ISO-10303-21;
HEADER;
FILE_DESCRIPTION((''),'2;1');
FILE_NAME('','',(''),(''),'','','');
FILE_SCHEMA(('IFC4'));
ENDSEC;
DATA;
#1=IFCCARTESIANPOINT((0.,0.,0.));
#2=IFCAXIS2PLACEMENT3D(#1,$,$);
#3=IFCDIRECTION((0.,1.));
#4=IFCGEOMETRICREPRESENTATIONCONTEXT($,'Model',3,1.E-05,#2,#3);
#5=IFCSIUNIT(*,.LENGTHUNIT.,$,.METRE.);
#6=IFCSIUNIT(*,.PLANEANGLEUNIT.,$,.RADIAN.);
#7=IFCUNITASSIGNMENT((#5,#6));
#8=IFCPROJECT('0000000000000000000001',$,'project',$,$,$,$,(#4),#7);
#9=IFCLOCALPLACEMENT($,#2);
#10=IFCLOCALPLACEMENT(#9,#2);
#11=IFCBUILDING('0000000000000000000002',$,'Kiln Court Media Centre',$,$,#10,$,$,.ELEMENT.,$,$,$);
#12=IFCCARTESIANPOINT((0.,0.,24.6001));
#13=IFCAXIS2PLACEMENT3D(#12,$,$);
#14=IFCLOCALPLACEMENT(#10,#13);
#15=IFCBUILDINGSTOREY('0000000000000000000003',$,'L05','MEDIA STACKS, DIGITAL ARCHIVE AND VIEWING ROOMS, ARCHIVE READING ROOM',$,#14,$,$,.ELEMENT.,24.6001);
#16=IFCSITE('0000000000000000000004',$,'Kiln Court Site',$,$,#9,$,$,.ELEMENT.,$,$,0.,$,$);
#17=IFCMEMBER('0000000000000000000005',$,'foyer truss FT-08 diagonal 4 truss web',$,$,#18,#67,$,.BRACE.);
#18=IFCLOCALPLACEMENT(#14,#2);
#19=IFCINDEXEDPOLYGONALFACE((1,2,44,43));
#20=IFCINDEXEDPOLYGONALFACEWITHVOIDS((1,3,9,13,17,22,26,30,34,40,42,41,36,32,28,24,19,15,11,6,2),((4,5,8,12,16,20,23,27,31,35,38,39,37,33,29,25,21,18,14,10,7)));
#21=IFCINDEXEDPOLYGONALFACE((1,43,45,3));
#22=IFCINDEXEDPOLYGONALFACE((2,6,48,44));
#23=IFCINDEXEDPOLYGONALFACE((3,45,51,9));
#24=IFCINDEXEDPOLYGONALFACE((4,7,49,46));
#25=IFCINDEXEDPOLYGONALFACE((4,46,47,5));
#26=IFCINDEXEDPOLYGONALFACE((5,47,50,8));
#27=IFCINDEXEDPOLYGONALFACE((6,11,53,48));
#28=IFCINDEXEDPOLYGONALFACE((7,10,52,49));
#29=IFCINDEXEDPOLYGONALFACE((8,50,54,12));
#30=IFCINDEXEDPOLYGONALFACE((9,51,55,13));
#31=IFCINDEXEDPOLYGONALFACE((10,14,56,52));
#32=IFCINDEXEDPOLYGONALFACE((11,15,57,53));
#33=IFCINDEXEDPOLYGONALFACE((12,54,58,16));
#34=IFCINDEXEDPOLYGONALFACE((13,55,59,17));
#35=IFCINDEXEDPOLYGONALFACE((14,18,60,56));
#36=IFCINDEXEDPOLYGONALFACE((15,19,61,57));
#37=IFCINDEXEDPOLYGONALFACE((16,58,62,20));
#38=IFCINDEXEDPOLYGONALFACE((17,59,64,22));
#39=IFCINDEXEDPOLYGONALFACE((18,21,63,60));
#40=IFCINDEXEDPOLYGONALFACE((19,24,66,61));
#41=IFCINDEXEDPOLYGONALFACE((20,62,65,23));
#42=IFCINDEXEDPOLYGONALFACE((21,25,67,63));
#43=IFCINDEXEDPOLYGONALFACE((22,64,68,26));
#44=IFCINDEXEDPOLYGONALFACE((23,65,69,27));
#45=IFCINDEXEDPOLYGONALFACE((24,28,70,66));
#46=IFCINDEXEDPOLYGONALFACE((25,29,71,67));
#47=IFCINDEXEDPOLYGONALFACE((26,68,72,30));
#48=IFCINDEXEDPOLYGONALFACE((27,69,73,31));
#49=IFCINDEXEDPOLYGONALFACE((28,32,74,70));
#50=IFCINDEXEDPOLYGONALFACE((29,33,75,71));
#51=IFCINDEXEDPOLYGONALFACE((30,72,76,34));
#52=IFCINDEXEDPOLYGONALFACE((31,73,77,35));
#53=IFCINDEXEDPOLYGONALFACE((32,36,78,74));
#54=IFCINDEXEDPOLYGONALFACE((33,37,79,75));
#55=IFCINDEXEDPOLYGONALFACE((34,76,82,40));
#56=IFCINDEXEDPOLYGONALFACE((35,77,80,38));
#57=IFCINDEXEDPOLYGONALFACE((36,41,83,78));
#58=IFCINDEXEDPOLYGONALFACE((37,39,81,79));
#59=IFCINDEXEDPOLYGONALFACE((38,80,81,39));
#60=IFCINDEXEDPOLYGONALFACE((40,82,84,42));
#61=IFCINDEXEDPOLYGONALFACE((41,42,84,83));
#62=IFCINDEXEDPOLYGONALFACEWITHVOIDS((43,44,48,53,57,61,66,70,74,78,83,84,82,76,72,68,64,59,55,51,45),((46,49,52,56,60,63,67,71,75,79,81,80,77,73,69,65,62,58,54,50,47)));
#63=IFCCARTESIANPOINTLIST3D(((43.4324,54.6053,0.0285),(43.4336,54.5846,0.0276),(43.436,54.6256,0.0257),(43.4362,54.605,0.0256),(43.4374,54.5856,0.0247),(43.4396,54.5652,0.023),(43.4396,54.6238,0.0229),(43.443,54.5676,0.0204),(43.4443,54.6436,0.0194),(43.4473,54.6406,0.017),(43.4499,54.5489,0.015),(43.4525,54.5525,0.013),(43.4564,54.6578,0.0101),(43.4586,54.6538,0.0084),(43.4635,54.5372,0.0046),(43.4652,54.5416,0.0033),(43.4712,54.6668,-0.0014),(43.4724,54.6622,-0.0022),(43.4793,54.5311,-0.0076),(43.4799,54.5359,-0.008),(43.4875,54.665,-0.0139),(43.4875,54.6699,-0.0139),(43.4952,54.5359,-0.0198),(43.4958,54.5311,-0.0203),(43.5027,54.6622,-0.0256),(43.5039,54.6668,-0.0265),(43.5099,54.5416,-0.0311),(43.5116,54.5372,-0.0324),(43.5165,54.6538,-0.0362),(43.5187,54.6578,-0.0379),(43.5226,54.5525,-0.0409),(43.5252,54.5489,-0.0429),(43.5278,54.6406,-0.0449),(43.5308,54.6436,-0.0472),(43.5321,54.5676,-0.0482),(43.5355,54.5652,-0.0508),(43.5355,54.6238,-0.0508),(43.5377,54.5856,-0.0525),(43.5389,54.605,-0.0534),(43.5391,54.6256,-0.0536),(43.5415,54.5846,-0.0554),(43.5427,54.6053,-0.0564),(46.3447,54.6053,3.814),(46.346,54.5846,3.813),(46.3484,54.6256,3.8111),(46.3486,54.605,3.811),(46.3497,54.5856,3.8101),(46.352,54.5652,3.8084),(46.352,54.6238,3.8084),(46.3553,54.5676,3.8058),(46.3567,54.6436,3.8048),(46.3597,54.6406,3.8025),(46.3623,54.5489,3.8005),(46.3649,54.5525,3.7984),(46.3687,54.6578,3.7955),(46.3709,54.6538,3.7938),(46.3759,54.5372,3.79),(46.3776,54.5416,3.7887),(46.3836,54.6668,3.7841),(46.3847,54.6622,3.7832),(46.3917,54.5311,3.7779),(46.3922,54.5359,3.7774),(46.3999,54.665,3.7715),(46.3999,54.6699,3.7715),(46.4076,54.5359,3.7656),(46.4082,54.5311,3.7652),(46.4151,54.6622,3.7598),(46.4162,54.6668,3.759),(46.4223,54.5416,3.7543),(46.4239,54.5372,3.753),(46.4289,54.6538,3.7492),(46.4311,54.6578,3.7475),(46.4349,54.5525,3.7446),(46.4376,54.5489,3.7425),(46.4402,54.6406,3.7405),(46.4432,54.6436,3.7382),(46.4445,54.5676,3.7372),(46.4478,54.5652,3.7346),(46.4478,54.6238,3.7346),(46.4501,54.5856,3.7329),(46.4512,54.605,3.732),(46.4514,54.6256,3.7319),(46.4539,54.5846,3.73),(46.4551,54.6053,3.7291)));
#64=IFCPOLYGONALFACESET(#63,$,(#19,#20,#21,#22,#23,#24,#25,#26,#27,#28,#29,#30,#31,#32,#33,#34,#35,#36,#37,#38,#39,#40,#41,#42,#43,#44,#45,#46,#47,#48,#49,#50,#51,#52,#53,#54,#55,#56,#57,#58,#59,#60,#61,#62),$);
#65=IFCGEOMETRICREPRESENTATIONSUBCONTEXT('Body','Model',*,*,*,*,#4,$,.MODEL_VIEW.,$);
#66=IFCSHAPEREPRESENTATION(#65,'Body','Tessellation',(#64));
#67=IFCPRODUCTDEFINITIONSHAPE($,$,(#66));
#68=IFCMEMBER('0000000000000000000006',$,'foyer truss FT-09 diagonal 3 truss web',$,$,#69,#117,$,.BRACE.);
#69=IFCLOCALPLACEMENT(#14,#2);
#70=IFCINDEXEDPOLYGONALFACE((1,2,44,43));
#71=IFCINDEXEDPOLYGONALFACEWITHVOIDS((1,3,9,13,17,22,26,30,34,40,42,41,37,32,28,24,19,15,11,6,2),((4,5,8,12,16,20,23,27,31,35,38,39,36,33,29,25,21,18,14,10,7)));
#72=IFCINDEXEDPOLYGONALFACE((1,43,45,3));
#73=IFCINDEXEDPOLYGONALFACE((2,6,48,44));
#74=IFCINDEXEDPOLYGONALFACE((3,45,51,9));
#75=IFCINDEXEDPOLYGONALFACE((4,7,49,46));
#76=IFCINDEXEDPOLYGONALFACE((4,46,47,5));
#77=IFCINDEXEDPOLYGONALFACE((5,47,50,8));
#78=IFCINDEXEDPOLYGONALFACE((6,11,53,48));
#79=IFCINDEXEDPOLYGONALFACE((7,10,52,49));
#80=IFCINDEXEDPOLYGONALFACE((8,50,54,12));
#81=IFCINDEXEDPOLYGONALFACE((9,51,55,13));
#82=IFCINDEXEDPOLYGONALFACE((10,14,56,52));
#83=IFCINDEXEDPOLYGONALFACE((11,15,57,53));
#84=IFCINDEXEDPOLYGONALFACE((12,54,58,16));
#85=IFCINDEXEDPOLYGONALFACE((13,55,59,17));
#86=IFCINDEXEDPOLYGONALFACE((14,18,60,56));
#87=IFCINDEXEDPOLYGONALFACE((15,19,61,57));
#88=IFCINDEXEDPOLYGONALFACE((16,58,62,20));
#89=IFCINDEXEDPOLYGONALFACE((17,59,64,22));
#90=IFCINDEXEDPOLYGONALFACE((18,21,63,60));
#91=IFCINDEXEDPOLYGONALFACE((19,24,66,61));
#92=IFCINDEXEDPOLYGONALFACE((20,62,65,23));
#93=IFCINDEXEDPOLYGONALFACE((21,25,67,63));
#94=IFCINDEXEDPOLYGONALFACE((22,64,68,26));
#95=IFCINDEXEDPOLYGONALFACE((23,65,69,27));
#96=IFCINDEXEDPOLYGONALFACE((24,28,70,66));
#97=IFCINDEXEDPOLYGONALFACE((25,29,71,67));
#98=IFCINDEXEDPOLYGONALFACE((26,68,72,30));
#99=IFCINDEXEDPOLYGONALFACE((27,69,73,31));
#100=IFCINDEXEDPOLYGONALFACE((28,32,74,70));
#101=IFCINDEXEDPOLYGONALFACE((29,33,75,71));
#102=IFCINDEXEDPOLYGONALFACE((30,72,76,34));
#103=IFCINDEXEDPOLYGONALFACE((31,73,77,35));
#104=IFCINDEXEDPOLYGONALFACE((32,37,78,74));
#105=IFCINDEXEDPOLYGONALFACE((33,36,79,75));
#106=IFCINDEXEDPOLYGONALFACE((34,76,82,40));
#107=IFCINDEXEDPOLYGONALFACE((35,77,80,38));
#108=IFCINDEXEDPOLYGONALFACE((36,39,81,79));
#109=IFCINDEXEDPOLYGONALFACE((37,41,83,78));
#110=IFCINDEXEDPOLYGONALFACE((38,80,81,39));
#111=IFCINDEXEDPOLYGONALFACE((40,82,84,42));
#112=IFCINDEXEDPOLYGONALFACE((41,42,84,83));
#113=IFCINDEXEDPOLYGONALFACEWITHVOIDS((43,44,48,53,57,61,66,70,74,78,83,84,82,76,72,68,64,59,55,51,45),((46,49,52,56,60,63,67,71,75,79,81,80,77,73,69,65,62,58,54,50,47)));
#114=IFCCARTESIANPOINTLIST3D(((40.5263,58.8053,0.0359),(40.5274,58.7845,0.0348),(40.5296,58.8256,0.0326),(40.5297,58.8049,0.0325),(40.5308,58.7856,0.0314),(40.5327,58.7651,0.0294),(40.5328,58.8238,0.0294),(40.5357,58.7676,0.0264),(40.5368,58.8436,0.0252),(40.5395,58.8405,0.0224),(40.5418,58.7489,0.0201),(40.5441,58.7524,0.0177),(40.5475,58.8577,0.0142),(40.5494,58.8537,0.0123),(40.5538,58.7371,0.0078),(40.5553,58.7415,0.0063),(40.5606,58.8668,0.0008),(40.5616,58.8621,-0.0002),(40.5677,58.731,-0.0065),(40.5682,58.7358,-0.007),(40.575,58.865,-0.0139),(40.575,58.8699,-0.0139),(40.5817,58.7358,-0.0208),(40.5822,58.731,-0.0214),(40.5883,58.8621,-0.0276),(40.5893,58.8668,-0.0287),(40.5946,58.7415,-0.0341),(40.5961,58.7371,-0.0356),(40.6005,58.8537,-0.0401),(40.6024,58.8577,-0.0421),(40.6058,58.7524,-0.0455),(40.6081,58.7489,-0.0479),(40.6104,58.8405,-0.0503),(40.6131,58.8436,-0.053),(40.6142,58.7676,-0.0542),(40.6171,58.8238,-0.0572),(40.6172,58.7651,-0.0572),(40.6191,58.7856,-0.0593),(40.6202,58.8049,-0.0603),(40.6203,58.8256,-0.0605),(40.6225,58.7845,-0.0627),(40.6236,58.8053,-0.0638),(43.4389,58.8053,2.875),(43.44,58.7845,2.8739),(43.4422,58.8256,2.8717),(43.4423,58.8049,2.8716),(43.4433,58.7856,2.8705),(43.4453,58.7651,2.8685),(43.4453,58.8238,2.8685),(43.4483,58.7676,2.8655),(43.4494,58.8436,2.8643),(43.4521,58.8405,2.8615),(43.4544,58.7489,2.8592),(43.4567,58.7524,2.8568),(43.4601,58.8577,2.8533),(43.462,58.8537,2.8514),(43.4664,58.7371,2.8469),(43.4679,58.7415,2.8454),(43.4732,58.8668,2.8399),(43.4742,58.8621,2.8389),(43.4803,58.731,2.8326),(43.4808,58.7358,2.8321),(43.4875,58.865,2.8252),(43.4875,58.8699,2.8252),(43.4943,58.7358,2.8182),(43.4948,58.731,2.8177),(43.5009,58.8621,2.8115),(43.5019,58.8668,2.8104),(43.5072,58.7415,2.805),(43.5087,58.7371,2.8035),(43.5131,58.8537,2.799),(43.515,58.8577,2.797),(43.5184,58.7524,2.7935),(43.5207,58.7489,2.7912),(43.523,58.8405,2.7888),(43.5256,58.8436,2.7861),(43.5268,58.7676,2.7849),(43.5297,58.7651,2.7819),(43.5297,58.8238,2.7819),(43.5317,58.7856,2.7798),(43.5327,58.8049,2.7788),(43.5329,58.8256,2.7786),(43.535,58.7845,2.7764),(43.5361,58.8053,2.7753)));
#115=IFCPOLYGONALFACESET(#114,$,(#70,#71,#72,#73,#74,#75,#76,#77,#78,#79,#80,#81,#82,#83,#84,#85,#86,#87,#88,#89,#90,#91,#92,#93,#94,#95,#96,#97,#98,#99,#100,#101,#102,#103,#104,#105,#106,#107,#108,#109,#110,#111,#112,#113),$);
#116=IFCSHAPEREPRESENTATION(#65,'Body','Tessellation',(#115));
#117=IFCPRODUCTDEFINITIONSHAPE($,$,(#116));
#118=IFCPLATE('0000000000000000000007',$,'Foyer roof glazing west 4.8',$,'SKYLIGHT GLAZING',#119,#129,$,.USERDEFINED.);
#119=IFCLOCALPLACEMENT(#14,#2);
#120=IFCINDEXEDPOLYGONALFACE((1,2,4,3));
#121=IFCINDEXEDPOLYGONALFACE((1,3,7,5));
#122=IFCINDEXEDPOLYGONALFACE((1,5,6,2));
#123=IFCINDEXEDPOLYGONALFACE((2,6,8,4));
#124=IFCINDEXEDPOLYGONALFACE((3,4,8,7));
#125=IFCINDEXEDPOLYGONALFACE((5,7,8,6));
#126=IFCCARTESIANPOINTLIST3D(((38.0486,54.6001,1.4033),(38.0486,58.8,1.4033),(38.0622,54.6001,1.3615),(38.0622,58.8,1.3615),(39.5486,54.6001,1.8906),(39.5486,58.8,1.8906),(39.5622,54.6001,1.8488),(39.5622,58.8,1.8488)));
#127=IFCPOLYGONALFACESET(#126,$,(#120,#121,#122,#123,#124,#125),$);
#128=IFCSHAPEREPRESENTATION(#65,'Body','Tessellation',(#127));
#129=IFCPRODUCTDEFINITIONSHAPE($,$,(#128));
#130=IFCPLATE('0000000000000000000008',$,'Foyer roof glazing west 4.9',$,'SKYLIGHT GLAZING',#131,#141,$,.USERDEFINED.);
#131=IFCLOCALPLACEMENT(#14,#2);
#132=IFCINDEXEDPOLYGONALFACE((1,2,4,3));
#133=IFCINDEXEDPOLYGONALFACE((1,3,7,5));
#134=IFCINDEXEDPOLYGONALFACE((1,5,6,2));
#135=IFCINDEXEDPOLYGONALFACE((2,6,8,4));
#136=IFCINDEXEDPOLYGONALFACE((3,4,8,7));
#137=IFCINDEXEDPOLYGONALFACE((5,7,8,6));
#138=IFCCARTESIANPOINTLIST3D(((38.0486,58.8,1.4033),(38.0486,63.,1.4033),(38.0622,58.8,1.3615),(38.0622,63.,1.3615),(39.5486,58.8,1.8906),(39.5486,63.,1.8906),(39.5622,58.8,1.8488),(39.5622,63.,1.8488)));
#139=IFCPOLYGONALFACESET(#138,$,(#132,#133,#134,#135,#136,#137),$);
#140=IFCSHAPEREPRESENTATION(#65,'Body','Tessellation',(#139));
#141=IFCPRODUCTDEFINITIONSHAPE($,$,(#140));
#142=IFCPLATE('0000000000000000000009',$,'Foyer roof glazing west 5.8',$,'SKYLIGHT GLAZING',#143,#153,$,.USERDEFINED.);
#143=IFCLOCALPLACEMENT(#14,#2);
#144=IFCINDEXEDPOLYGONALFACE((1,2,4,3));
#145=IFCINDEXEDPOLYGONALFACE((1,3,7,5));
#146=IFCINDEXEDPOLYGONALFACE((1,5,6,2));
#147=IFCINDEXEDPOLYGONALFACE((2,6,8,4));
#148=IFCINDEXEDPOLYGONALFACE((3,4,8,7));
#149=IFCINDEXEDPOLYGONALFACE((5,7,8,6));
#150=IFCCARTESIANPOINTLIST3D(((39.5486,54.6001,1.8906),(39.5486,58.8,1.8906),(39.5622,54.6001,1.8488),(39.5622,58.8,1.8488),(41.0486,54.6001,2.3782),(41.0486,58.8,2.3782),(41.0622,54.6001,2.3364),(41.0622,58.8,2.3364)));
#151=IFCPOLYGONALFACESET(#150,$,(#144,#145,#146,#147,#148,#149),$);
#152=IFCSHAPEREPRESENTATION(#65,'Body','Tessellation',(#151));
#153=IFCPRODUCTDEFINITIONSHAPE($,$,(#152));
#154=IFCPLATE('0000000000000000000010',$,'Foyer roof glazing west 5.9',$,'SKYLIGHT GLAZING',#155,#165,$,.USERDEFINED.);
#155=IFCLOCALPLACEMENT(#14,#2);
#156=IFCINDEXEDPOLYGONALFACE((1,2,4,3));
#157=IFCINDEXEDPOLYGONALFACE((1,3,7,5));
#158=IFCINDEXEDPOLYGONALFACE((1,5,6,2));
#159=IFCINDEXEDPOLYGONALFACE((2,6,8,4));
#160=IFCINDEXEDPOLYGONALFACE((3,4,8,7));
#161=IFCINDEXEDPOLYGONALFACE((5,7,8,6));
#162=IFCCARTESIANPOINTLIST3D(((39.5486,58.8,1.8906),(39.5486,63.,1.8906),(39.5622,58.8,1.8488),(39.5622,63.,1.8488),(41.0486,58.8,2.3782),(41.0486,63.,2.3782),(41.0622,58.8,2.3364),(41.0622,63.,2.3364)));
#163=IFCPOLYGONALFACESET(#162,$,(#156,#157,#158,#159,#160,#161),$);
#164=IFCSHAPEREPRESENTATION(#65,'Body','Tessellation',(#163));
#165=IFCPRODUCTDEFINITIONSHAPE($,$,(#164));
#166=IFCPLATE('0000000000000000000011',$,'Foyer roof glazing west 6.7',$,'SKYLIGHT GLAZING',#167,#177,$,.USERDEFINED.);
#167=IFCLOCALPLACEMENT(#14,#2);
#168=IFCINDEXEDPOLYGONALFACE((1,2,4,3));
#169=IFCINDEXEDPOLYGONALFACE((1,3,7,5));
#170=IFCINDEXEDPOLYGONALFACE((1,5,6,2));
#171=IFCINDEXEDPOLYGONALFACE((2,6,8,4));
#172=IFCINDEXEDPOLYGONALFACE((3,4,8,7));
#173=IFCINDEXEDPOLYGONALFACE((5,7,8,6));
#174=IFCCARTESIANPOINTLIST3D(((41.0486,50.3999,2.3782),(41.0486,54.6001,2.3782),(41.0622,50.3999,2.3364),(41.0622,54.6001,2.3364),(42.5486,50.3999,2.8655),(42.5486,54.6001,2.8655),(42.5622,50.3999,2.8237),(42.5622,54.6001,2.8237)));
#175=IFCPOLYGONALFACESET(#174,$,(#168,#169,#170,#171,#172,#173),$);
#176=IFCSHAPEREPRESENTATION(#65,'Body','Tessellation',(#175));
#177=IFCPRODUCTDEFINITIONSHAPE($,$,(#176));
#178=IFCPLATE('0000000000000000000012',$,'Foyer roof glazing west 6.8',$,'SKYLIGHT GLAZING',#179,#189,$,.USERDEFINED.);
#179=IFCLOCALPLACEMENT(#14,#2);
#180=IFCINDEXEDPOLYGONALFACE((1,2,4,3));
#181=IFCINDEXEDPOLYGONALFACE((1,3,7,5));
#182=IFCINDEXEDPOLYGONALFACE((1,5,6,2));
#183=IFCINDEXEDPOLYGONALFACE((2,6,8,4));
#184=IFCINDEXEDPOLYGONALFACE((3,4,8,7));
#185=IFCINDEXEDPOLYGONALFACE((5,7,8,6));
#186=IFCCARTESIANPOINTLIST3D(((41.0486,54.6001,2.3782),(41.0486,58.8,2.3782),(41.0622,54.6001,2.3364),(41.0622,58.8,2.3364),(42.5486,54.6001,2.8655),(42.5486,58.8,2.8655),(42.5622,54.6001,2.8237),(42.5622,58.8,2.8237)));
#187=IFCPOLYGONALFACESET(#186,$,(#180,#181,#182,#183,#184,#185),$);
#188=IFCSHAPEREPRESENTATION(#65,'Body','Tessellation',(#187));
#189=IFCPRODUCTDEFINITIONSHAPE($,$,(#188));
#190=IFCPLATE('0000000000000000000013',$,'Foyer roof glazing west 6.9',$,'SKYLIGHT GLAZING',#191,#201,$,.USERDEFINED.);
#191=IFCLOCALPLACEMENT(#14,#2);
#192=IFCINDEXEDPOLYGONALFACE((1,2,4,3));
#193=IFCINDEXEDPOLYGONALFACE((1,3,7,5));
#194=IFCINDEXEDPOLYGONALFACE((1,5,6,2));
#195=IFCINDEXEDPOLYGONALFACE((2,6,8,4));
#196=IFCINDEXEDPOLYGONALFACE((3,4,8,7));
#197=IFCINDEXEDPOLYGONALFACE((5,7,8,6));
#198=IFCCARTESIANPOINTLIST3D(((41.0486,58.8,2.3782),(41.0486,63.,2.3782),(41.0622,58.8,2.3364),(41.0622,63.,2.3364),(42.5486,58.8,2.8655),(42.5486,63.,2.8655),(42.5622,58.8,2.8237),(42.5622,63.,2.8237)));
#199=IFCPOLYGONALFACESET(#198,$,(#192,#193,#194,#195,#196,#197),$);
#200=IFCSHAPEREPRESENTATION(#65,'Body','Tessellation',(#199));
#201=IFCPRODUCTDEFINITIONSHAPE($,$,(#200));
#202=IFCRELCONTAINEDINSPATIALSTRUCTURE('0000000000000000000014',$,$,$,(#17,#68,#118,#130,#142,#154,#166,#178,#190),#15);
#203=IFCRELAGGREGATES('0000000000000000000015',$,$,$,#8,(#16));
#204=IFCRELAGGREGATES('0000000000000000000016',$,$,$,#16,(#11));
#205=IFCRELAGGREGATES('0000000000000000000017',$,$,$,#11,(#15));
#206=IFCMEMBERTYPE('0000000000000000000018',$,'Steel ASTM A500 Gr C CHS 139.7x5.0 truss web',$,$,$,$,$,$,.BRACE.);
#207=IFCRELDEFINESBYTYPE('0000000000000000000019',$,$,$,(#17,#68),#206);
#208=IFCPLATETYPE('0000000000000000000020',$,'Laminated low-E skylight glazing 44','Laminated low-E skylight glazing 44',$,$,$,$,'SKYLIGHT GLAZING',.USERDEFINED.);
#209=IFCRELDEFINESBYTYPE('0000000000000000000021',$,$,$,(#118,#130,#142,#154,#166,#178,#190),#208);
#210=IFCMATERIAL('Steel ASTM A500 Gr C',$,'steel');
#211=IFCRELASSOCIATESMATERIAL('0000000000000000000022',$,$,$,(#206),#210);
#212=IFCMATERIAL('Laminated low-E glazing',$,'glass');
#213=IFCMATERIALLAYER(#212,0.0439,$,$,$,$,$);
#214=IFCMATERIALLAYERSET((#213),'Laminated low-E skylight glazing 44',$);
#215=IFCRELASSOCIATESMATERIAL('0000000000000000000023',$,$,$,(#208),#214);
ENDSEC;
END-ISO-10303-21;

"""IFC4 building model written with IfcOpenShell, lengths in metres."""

from ifc_helpers import new_model, si_unit, direction, frame, origin, origin_2d, place, context, subcontext, project, spatial, polyline, hollow_circle, outline, extrude, material, layer, layer_set, material_profile, profile_set, type_object, element, save


model = new_model("IFC4")

# Units and contexts
model_context = context("Model", 3, precision=1e-05, world=origin(), true_north=direction((0.0, 1.0)))
body_context = subcontext(model_context, "Body", "Model", "MODEL_VIEW")
ifc_project = project(units=[si_unit("LENGTHUNIT", "METRE"), si_unit("PLANEANGLEUNIT", "RADIAN")], contexts=[model_context])

# Site, building, storey
site_placement = place(None, origin())
site = spatial("IfcSite", under=ifc_project, at=site_placement, Name="Kiln Court Site", CompositionType="ELEMENT", RefElevation=0.0)
building_placement = place(site_placement, origin())
building = spatial("IfcBuilding", under=site, at=building_placement, Name="Kiln Court Media Centre", CompositionType="ELEMENT")
storey_placement = place(building_placement, frame((0.0, 0.0, 24.6001)))
storey = spatial("IfcBuildingStorey", under=building, at=storey_placement, Name="L05", Description="MEDIA STACKS, DIGITAL ARCHIVE AND VIEWING ROOMS, ARCHIVE READING ROOM", CompositionType="ELEMENT", Elevation=24.6001)

# Members
ifc_material_1 = material(Name="Steel ASTM A500 Gr C", Category="steel")
ifc_material_profile_1 = material_profile(ifc_material_1, hollow_circle(Radius=0.0698, WallThickness=0.0049, at=origin_2d()), Name="CHS 139.7x5.0")
ifc_profile_set_1 = profile_set([ifc_material_profile_1], Name="Steel ASTM A500 Gr C")
member_type_1 = type_object("IfcMemberType", Name="Steel ASTM A500 Gr C CHS 139.7x5.0 truss web", PredefinedType="BRACE", material=ifc_profile_set_1)
member_1_placement = place(storey_placement, frame((43.4875, 54.6001, -0.0139), z_axis=(0.609777, 0.0, 0.792573), x_axis=(0.0, 1.0, 0.0)))
element("IfcMember", 1, at=member_1_placement, inside=storey, type_object=member_type_1, Name="foyer truss FT-08 diagonal 4 truss web", PredefinedType="BRACE", context=body_context, shape_type="SweptSolid", body=[
    extrude(hollow_circle(Radius=0.0698, WallThickness=0.0049, at=origin_2d()), origin(), (0.0, 0.0, 1.0), 4.7761),
])
member_2_placement = place(storey_placement, frame((40.575, 58.8, -0.0139), z_axis=(0.716083, 0.0, 0.698016), x_axis=(0.0, 1.0, 0.0)))
element("IfcMember", 2, at=member_2_placement, inside=storey, type_object=member_type_1, Name="foyer truss FT-09 diagonal 3 truss web", PredefinedType="BRACE", context=body_context, shape_type="SweptSolid", body=[
    extrude(hollow_circle(Radius=0.0698, WallThickness=0.0049, at=origin_2d()), origin(), (0.0, 0.0, 1.0), 4.0674),
])

# Plates
ifc_material_2 = material(Name="Laminated low-E glazing", Category="glass")
ifc_layer_1 = layer(ifc_material_2, 0.0439)
ifc_layer_set_1 = layer_set([ifc_layer_1], Name="Laminated low-E skylight glazing 44")
plate_type_1 = type_object("IfcPlateType", Name="Laminated low-E skylight glazing 44", Description="Laminated low-E skylight glazing 44", ElementType="SKYLIGHT GLAZING", PredefinedType="USERDEFINED", material=ifc_layer_set_1)
for number, where, z_axis, x_axis, name in (
    (3, (38.0486, 54.6001, 1.4033), (-0.308974, 0.0, 0.95107), (0.95107, 0.0, 0.308974), "Foyer roof glazing west 4.8"),
    (4, (38.0486, 58.8, 1.4033), (-0.308974, 0.0, 0.95107), (0.95107, 0.0, 0.308974), "Foyer roof glazing west 4.9"),
):
    element("IfcPlate", number, at=place(storey_placement, frame(where, z_axis=z_axis, x_axis=x_axis)), inside=storey, type_object=plate_type_1, Name=name, ObjectType="SKYLIGHT GLAZING", PredefinedType="USERDEFINED", context=body_context, shape_type="SweptSolid", body=[
        extrude(outline(polyline([(0.0, 0.0), (1.5772, 0.0), (1.5772, 4.2), (0.0, 4.2), (0.0, 0.0)])), origin(), (0.0, 0.0, -1.0), 0.0439),
    ])
for number, where, z_axis, x_axis, name in (
    (5, (39.5486, 54.6001, 1.8906), (-0.309114, 0.0, 0.951025), (0.951025, 0.0, 0.309114), "Foyer roof glazing west 5.8"),
    (6, (39.5486, 58.8, 1.8906), (-0.309114, 0.0, 0.951025), (0.951025, 0.0, 0.309114), "Foyer roof glazing west 5.9"),
):
    element("IfcPlate", number, at=place(storey_placement, frame(where, z_axis=z_axis, x_axis=x_axis)), inside=storey, type_object=plate_type_1, Name=name, ObjectType="SKYLIGHT GLAZING", PredefinedType="USERDEFINED", context=body_context, shape_type="SweptSolid", body=[
        extrude(outline(polyline([(0.0, 0.0), (1.5772, 0.0), (1.5772, 4.2), (0.0, 4.2), (0.0, 0.0)])), origin(), (0.0, 0.0, -1.0), 0.0439),
    ])
plate_1_placement = place(storey_placement, frame((41.0486, 50.3999, 2.3782), z_axis=(-0.308974, 0.0, 0.95107), x_axis=(0.95107, 0.0, 0.308974)))
element("IfcPlate", 7, at=plate_1_placement, inside=storey, type_object=plate_type_1, Name="Foyer roof glazing west 6.7", ObjectType="SKYLIGHT GLAZING", PredefinedType="USERDEFINED", context=body_context, shape_type="SweptSolid", body=[
    extrude(outline(polyline([(0.0, 0.0), (1.5772, 0.0), (1.5772, 4.2002), (0.0, 4.2002), (0.0, 0.0)])), origin(), (0.0, 0.0, -1.0), 0.0439),
])
for number, where, z_axis, x_axis, name in (
    (8, (41.0486, 54.6001, 2.3782), (-0.308974, 0.0, 0.95107), (0.95107, 0.0, 0.308974), "Foyer roof glazing west 6.8"),
    (9, (41.0486, 58.8, 2.3782), (-0.308974, 0.0, 0.95107), (0.95107, 0.0, 0.308974), "Foyer roof glazing west 6.9"),
):
    element("IfcPlate", number, at=place(storey_placement, frame(where, z_axis=z_axis, x_axis=x_axis)), inside=storey, type_object=plate_type_1, Name=name, ObjectType="SKYLIGHT GLAZING", PredefinedType="USERDEFINED", context=body_context, shape_type="SweptSolid", body=[
        extrude(outline(polyline([(0.0, 0.0), (1.5772, 0.0), (1.5772, 4.2), (0.0, 4.2), (0.0, 0.0)])), origin(), (0.0, 0.0, -1.0), 0.0439),
    ])

save(model, "model.ifc")
